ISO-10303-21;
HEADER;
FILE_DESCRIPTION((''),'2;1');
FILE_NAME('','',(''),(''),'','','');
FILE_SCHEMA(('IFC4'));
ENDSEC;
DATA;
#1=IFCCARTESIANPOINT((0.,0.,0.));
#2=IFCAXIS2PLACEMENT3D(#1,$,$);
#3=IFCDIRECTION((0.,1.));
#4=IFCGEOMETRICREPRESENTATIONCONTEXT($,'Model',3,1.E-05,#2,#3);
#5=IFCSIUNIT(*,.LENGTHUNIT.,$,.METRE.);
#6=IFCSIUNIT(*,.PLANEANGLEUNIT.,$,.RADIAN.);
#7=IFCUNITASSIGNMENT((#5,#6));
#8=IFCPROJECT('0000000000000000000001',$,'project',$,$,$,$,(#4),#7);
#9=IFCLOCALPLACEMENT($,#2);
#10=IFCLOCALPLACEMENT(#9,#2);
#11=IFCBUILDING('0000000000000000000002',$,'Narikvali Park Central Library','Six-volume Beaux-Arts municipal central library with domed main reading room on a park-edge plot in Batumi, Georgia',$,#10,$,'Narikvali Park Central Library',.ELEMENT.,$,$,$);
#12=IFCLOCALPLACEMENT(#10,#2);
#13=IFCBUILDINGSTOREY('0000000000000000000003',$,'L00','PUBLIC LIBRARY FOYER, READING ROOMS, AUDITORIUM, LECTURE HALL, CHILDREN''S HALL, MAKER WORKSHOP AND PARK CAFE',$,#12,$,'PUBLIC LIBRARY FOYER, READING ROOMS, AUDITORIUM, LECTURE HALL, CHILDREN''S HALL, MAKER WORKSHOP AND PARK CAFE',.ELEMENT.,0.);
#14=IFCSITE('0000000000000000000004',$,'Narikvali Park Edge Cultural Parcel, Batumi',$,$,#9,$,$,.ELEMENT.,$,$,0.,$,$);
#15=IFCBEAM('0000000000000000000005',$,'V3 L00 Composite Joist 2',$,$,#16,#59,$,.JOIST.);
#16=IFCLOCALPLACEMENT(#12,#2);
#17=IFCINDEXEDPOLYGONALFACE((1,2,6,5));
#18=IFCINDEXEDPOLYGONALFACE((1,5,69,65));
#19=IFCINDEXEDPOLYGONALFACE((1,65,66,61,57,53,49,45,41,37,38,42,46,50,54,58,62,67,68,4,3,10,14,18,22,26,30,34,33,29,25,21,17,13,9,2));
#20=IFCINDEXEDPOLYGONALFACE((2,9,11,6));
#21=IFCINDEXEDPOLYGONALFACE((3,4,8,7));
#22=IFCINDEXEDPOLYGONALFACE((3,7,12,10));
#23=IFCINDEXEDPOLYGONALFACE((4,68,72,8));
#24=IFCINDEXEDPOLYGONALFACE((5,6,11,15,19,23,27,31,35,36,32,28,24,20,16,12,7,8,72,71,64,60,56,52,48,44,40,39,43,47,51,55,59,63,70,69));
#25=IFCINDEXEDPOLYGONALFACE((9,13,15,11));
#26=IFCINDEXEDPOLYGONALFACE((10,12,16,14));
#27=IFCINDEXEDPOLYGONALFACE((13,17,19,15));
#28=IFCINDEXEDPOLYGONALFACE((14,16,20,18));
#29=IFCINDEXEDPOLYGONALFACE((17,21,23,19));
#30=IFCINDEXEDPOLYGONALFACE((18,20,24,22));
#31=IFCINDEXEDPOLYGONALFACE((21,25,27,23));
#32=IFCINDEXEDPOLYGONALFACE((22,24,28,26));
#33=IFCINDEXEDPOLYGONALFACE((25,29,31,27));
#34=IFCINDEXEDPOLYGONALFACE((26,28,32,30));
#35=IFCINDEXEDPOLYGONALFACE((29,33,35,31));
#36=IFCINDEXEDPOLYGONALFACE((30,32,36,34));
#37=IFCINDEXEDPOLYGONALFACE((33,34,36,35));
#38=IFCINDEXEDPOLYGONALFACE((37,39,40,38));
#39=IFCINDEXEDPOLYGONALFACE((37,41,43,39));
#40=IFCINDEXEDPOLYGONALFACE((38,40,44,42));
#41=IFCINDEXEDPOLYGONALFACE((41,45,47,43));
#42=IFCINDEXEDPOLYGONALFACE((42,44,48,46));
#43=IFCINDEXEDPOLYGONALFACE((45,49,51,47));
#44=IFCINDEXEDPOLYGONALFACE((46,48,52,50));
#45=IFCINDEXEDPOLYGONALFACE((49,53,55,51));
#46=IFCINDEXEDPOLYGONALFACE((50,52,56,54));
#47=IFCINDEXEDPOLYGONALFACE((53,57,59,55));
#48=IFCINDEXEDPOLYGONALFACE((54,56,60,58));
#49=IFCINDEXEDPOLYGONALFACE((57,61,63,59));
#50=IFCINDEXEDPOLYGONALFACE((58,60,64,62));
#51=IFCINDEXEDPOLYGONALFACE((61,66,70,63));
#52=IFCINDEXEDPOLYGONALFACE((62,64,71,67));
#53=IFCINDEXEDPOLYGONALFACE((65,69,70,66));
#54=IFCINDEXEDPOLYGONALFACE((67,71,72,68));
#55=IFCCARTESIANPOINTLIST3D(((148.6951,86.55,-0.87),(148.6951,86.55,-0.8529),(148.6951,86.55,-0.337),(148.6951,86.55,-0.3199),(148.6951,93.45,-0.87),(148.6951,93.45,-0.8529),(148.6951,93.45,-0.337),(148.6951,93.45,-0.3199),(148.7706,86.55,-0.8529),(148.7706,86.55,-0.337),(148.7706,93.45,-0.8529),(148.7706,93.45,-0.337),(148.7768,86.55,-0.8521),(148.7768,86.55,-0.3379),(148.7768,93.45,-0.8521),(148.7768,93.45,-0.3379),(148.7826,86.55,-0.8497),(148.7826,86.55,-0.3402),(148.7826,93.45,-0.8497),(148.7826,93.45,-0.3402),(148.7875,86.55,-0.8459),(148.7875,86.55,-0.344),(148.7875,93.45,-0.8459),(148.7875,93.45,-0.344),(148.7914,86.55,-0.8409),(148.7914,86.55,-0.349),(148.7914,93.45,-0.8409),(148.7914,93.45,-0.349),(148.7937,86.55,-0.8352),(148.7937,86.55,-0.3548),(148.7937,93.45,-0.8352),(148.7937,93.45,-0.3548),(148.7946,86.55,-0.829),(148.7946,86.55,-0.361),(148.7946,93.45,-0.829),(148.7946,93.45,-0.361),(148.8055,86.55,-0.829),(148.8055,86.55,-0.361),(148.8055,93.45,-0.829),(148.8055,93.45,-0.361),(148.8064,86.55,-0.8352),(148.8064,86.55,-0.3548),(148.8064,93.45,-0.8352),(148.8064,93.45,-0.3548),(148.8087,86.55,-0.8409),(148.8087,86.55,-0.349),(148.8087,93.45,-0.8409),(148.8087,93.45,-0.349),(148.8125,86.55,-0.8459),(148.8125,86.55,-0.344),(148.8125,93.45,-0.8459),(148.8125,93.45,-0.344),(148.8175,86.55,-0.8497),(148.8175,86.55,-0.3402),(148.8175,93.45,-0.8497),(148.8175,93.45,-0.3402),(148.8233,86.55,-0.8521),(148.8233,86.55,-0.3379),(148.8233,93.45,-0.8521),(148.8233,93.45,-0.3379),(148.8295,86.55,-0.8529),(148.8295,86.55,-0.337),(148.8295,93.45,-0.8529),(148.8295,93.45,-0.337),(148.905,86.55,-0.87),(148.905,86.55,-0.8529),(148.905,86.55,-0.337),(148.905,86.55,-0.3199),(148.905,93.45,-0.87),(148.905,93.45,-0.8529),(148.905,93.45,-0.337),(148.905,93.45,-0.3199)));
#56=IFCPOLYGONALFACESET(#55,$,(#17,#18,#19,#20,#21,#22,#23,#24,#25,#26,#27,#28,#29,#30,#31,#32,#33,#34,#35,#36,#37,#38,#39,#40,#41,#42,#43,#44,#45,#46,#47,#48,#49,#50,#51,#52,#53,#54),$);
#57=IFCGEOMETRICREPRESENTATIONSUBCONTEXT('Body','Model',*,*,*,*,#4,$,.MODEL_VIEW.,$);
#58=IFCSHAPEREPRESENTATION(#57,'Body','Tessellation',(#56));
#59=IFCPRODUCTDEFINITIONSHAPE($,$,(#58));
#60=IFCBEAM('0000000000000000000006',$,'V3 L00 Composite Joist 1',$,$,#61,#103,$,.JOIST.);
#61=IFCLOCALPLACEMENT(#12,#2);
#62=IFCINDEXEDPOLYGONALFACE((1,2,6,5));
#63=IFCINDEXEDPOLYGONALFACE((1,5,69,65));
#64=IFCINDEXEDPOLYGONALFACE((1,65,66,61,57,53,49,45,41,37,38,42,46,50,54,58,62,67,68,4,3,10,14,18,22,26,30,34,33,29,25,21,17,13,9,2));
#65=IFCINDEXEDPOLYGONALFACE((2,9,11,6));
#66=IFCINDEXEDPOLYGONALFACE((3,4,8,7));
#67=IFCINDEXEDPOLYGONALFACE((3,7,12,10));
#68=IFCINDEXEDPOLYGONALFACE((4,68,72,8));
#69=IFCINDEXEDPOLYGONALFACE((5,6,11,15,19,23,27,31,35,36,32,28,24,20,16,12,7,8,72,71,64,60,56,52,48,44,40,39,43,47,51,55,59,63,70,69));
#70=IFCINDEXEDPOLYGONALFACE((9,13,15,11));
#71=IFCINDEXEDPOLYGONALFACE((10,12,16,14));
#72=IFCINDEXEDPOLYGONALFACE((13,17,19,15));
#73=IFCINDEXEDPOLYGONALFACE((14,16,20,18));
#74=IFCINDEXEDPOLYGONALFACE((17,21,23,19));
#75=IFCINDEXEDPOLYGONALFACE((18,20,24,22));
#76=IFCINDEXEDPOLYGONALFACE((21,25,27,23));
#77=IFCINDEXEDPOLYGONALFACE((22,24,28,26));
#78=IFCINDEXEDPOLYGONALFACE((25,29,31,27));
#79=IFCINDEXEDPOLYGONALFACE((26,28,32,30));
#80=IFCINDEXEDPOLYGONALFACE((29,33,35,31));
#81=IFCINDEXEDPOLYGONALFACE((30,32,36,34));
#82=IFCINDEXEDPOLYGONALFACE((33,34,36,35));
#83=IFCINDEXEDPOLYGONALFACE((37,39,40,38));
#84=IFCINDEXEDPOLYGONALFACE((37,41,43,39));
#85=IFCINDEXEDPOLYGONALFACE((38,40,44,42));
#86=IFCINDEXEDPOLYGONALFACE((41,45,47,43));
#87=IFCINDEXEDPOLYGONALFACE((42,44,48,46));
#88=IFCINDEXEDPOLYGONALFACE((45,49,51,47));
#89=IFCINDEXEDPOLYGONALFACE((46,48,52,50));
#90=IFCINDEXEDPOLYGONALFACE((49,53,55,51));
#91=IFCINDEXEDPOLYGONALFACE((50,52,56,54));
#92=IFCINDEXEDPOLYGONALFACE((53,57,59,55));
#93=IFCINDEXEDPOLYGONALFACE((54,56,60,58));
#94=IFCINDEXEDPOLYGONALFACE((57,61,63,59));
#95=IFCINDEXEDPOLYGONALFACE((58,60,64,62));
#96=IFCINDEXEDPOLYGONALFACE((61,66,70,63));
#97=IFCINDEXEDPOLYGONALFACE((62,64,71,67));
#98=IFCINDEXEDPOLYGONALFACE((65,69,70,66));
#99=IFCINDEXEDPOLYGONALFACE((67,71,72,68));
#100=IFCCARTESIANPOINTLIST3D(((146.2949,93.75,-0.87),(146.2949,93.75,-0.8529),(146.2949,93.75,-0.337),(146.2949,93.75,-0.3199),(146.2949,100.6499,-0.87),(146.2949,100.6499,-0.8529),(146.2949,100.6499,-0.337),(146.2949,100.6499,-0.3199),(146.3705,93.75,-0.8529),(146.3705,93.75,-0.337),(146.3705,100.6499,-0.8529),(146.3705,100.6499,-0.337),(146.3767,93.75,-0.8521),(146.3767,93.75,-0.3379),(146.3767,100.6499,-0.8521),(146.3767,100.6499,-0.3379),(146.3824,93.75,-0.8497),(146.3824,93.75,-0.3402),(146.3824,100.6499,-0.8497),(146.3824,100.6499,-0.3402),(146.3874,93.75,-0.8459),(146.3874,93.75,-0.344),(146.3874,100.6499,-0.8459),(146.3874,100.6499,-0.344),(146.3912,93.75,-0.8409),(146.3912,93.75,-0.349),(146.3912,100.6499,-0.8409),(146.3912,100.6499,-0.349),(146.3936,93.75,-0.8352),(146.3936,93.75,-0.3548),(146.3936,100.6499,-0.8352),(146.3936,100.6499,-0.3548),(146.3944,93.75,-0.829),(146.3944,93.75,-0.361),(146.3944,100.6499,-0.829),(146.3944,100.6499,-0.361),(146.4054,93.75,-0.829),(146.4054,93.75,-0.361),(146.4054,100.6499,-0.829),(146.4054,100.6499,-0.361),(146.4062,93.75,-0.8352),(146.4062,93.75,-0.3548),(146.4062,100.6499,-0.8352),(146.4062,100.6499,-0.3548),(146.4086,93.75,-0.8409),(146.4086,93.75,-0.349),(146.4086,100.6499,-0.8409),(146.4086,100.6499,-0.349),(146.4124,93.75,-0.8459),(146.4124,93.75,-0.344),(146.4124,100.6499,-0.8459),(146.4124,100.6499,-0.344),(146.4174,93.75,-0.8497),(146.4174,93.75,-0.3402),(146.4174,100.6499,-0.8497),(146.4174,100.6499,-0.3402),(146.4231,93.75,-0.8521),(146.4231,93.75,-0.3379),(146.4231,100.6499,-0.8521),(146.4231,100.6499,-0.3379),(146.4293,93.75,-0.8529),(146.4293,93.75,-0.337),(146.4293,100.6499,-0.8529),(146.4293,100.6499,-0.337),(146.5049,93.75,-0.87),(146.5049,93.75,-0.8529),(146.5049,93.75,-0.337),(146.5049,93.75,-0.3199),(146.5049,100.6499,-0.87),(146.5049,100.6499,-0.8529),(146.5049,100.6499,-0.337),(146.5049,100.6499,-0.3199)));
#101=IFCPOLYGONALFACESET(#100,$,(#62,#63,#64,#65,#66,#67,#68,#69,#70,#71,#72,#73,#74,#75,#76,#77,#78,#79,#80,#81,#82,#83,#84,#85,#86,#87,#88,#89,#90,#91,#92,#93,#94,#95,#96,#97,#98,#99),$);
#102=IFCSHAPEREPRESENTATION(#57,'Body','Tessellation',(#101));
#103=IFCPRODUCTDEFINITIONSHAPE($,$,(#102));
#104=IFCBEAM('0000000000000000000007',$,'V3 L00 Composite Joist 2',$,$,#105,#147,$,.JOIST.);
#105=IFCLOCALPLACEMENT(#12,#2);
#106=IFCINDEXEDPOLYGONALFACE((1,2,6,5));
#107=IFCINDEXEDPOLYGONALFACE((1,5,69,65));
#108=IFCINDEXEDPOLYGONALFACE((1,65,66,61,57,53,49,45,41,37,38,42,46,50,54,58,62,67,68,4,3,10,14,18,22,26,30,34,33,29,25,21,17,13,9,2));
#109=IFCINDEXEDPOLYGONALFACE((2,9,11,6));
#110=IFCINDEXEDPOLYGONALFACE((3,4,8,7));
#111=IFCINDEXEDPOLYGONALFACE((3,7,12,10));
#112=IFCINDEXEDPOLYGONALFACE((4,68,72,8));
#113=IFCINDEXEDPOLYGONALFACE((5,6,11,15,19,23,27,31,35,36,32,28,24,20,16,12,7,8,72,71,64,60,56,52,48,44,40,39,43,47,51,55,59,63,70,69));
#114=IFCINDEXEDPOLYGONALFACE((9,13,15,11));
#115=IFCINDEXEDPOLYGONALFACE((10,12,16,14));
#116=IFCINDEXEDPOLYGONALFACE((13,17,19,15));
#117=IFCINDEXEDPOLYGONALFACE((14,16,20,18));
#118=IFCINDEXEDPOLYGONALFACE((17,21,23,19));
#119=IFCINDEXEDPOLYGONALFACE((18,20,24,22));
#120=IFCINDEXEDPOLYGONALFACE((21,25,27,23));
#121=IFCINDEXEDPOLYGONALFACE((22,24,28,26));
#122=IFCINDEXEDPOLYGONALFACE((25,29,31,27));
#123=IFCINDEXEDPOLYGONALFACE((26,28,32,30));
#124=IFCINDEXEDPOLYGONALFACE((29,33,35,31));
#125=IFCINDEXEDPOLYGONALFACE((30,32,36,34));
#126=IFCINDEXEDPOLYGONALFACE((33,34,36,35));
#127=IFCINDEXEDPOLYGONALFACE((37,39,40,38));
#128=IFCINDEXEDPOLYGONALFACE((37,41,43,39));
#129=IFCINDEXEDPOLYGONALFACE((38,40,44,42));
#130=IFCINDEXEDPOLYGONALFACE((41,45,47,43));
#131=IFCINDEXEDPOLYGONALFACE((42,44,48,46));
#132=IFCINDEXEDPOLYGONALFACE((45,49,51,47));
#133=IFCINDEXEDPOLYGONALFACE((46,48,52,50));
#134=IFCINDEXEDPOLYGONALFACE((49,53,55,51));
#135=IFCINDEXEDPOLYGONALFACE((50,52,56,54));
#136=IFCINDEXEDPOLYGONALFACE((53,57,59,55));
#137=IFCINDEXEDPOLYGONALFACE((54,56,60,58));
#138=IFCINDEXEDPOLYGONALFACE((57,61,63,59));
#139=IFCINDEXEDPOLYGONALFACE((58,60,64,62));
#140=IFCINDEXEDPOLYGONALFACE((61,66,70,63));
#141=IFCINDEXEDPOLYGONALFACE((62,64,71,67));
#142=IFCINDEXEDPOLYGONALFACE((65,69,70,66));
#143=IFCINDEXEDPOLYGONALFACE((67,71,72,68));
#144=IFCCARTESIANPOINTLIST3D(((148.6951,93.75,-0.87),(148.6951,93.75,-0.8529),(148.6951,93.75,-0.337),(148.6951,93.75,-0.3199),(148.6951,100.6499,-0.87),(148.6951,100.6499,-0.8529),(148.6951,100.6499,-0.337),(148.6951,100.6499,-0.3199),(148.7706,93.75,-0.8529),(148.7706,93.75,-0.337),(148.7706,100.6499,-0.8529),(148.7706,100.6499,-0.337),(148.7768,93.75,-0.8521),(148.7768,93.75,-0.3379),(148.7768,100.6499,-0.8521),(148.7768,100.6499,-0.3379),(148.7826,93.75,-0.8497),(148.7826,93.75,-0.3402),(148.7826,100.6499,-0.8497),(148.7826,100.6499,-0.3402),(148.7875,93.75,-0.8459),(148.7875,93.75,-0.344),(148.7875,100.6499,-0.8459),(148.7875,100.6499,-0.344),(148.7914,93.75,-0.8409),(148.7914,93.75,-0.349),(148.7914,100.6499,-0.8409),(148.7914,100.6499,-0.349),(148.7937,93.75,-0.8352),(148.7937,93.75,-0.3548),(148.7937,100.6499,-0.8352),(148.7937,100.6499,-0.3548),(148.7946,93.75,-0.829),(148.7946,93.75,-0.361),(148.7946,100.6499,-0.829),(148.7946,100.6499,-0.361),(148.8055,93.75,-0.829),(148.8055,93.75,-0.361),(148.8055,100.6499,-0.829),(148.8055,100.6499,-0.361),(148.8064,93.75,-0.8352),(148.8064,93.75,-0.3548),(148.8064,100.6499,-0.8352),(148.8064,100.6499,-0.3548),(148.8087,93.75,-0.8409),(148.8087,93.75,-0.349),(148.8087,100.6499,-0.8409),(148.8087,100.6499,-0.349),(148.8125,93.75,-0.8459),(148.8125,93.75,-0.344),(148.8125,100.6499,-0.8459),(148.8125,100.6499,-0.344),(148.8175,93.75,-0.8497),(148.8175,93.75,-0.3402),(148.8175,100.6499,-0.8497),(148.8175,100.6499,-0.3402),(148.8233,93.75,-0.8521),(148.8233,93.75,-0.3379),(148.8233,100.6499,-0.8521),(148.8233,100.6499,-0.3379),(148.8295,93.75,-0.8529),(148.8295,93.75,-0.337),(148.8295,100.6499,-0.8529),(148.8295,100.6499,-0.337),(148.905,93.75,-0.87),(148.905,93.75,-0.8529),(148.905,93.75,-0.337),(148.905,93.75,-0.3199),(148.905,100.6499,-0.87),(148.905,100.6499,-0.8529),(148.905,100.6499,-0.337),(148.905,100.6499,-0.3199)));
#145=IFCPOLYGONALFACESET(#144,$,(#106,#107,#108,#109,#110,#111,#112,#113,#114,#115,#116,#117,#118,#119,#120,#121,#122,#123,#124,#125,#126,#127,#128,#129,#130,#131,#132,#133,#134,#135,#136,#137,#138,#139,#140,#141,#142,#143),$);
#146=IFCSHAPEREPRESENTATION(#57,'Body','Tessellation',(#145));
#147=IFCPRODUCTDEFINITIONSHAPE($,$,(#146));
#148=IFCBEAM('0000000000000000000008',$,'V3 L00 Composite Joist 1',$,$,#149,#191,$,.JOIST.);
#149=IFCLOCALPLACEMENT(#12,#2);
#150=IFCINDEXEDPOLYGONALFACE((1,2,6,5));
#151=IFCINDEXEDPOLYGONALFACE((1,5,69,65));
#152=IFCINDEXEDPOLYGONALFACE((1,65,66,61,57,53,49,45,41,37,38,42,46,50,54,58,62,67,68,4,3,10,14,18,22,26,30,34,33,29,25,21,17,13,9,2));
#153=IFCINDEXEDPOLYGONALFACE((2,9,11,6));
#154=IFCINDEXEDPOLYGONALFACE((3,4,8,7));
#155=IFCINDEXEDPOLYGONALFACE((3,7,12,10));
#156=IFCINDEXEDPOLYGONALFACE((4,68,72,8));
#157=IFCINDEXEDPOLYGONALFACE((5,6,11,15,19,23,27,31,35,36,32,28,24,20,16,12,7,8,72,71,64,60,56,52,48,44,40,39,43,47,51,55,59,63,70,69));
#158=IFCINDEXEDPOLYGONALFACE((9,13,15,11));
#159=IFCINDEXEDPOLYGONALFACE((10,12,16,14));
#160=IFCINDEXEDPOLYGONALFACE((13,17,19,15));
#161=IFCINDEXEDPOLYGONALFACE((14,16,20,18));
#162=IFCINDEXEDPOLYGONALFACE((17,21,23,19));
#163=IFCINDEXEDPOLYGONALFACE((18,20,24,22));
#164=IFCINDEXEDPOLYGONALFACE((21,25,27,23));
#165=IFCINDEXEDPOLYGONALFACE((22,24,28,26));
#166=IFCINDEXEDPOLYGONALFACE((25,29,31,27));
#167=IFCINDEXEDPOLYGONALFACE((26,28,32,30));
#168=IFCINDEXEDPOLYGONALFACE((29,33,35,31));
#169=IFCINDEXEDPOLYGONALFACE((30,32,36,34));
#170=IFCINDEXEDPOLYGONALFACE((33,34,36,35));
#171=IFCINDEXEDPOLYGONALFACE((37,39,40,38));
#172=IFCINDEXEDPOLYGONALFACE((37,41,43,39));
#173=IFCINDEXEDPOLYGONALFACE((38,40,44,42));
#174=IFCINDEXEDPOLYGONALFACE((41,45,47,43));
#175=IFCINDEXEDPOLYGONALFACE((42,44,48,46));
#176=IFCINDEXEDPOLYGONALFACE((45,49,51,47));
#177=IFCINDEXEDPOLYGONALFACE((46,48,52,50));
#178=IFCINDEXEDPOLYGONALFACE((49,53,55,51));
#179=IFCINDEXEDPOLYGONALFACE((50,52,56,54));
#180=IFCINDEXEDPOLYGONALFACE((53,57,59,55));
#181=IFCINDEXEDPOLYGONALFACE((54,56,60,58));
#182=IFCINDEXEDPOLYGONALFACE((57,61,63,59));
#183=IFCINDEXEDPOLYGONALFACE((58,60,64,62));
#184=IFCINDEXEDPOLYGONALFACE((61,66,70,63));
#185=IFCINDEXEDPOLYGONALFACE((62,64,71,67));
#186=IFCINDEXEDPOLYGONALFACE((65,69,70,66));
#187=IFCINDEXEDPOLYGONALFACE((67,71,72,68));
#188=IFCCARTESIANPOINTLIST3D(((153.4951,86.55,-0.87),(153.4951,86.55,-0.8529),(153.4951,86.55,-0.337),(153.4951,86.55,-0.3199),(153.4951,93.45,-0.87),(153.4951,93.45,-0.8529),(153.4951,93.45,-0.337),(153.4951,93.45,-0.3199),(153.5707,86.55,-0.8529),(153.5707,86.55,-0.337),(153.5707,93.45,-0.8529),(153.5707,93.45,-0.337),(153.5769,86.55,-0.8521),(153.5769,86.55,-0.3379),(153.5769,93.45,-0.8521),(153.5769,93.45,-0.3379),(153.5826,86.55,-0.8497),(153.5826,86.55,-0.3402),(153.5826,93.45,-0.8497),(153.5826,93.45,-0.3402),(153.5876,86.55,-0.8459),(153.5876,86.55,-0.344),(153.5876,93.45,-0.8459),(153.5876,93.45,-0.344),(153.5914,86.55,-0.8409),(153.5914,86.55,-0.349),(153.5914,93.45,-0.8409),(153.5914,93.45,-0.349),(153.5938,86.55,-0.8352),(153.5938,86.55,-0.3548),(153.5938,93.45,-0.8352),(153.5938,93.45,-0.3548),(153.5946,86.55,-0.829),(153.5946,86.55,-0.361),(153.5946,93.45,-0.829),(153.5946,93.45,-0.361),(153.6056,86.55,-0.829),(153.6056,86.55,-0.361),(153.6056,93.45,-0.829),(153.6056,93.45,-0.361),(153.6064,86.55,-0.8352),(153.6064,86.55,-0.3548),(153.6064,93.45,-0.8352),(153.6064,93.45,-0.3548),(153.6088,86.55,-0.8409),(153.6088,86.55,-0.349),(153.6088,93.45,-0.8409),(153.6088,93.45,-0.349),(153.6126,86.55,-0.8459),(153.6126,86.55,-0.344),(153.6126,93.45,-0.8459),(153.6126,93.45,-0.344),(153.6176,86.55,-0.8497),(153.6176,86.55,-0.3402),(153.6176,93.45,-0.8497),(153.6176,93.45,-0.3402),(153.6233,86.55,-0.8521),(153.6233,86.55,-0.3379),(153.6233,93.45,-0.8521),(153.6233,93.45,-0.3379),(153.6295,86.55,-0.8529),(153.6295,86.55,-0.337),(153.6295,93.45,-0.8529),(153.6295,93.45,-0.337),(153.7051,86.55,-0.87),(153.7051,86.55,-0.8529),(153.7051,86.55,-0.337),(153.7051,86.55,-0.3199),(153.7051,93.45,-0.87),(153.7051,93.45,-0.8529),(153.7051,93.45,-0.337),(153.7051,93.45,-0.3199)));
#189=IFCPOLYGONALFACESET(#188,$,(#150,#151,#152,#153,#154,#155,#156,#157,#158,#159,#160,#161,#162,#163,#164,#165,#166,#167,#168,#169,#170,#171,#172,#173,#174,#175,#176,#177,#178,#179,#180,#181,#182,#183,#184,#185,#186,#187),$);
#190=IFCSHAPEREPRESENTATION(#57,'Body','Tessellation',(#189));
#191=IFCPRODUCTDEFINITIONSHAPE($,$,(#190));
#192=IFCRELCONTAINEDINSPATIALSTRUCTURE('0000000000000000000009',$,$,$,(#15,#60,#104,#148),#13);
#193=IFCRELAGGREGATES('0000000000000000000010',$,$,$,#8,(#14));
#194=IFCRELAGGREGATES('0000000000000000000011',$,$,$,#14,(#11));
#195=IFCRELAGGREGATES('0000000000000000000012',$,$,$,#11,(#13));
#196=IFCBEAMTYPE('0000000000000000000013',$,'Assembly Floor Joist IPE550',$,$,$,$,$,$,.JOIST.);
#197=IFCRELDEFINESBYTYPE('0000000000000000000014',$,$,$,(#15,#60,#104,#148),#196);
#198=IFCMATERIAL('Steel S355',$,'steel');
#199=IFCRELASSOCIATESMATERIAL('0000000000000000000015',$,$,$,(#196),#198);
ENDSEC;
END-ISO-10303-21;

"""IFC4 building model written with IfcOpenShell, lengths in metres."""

from ifc_helpers import new_model, si_unit, direction, frame, origin, origin_2d, place, context, subcontext, project, spatial, i_section, extrude, material, material_profile, profile_set, type_object, element, save


model = new_model("IFC4")

# Units and contexts
model_context = context("Model", 3, precision=1e-05, world=origin(), true_north=direction((0.0, 1.0)))
body_context = subcontext(model_context, "Body", "Model", "MODEL_VIEW")
ifc_project = project(units=[si_unit("LENGTHUNIT", "METRE"), si_unit("PLANEANGLEUNIT", "RADIAN")], contexts=[model_context])

# Site, building, storey
site_placement = place(None, origin())
site = spatial("IfcSite", under=ifc_project, at=site_placement, Name="Narikvali Park Edge Cultural Parcel, Batumi", CompositionType="ELEMENT", RefElevation=0.0)
building_placement = place(site_placement, origin())
building = spatial("IfcBuilding", under=site, at=building_placement, Name="Narikvali Park Central Library", Description="Six-volume Beaux-Arts municipal central library with domed main reading room on a park-edge plot in Batumi, Georgia", LongName="Narikvali Park Central Library", CompositionType="ELEMENT")
storey_placement = place(building_placement, origin())
storey = spatial("IfcBuildingStorey", under=building, at=storey_placement, Name="L00", Description="PUBLIC LIBRARY FOYER, READING ROOMS, AUDITORIUM, LECTURE HALL, CHILDREN'S HALL, MAKER WORKSHOP AND PARK CAFE", LongName="PUBLIC LIBRARY FOYER, READING ROOMS, AUDITORIUM, LECTURE HALL, CHILDREN'S HALL, MAKER WORKSHOP AND PARK CAFE", CompositionType="ELEMENT", Elevation=0.0)

# Shared definitions
ifc_material_1 = material(Name="Steel S355", Category="steel")

# Beams
ifc_material_profile_1 = material_profile(ifc_material_1, i_section(OverallWidth=0.21, OverallDepth=0.55, WebThickness=0.011, FlangeThickness=0.0171, FilletRadius=0.0239, at=origin_2d()), Name="IPE 550")
ifc_profile_set_1 = profile_set([ifc_material_profile_1], Name="Steel S355")
beam_type_1 = type_object("IfcBeamType", Name="Assembly Floor Joist IPE550", PredefinedType="JOIST", material=ifc_profile_set_1)
for number, where, z_axis, x_axis, name in (
    (1, (148.8, 86.55, -0.595), (0.0, 1.0, 0.0), (-1.0, 0.0, 0.0), "V3 L00 Composite Joist 2"),
    (2, (146.3999, 93.75, -0.595), (0.0, 1.0, 0.0), (-1.0, 0.0, 0.0), "V3 L00 Composite Joist 1"),
    (3, (148.8, 93.75, -0.595), (0.0, 1.0, 0.0), (-1.0, 0.0, 0.0), "V3 L00 Composite Joist 2"),
    (4, (153.6001, 86.55, -0.595), (0.0, 1.0, 0.0), (-1.0, 0.0, 0.0), "V3 L00 Composite Joist 1"),
):
    element("IfcBeam", number, at=place(storey_placement, frame(where, z_axis=z_axis, x_axis=x_axis)), inside=storey, type_object=beam_type_1, Name=name, PredefinedType="JOIST", context=body_context, shape_type="SweptSolid", body=[
        extrude(i_section(OverallWidth=0.21, OverallDepth=0.55, WebThickness=0.011, FlangeThickness=0.0171, FilletRadius=0.0239, at=origin_2d()), origin(), (0.0, 0.0, 1.0), 6.8999),
    ])

save(model, "model.ifc")
